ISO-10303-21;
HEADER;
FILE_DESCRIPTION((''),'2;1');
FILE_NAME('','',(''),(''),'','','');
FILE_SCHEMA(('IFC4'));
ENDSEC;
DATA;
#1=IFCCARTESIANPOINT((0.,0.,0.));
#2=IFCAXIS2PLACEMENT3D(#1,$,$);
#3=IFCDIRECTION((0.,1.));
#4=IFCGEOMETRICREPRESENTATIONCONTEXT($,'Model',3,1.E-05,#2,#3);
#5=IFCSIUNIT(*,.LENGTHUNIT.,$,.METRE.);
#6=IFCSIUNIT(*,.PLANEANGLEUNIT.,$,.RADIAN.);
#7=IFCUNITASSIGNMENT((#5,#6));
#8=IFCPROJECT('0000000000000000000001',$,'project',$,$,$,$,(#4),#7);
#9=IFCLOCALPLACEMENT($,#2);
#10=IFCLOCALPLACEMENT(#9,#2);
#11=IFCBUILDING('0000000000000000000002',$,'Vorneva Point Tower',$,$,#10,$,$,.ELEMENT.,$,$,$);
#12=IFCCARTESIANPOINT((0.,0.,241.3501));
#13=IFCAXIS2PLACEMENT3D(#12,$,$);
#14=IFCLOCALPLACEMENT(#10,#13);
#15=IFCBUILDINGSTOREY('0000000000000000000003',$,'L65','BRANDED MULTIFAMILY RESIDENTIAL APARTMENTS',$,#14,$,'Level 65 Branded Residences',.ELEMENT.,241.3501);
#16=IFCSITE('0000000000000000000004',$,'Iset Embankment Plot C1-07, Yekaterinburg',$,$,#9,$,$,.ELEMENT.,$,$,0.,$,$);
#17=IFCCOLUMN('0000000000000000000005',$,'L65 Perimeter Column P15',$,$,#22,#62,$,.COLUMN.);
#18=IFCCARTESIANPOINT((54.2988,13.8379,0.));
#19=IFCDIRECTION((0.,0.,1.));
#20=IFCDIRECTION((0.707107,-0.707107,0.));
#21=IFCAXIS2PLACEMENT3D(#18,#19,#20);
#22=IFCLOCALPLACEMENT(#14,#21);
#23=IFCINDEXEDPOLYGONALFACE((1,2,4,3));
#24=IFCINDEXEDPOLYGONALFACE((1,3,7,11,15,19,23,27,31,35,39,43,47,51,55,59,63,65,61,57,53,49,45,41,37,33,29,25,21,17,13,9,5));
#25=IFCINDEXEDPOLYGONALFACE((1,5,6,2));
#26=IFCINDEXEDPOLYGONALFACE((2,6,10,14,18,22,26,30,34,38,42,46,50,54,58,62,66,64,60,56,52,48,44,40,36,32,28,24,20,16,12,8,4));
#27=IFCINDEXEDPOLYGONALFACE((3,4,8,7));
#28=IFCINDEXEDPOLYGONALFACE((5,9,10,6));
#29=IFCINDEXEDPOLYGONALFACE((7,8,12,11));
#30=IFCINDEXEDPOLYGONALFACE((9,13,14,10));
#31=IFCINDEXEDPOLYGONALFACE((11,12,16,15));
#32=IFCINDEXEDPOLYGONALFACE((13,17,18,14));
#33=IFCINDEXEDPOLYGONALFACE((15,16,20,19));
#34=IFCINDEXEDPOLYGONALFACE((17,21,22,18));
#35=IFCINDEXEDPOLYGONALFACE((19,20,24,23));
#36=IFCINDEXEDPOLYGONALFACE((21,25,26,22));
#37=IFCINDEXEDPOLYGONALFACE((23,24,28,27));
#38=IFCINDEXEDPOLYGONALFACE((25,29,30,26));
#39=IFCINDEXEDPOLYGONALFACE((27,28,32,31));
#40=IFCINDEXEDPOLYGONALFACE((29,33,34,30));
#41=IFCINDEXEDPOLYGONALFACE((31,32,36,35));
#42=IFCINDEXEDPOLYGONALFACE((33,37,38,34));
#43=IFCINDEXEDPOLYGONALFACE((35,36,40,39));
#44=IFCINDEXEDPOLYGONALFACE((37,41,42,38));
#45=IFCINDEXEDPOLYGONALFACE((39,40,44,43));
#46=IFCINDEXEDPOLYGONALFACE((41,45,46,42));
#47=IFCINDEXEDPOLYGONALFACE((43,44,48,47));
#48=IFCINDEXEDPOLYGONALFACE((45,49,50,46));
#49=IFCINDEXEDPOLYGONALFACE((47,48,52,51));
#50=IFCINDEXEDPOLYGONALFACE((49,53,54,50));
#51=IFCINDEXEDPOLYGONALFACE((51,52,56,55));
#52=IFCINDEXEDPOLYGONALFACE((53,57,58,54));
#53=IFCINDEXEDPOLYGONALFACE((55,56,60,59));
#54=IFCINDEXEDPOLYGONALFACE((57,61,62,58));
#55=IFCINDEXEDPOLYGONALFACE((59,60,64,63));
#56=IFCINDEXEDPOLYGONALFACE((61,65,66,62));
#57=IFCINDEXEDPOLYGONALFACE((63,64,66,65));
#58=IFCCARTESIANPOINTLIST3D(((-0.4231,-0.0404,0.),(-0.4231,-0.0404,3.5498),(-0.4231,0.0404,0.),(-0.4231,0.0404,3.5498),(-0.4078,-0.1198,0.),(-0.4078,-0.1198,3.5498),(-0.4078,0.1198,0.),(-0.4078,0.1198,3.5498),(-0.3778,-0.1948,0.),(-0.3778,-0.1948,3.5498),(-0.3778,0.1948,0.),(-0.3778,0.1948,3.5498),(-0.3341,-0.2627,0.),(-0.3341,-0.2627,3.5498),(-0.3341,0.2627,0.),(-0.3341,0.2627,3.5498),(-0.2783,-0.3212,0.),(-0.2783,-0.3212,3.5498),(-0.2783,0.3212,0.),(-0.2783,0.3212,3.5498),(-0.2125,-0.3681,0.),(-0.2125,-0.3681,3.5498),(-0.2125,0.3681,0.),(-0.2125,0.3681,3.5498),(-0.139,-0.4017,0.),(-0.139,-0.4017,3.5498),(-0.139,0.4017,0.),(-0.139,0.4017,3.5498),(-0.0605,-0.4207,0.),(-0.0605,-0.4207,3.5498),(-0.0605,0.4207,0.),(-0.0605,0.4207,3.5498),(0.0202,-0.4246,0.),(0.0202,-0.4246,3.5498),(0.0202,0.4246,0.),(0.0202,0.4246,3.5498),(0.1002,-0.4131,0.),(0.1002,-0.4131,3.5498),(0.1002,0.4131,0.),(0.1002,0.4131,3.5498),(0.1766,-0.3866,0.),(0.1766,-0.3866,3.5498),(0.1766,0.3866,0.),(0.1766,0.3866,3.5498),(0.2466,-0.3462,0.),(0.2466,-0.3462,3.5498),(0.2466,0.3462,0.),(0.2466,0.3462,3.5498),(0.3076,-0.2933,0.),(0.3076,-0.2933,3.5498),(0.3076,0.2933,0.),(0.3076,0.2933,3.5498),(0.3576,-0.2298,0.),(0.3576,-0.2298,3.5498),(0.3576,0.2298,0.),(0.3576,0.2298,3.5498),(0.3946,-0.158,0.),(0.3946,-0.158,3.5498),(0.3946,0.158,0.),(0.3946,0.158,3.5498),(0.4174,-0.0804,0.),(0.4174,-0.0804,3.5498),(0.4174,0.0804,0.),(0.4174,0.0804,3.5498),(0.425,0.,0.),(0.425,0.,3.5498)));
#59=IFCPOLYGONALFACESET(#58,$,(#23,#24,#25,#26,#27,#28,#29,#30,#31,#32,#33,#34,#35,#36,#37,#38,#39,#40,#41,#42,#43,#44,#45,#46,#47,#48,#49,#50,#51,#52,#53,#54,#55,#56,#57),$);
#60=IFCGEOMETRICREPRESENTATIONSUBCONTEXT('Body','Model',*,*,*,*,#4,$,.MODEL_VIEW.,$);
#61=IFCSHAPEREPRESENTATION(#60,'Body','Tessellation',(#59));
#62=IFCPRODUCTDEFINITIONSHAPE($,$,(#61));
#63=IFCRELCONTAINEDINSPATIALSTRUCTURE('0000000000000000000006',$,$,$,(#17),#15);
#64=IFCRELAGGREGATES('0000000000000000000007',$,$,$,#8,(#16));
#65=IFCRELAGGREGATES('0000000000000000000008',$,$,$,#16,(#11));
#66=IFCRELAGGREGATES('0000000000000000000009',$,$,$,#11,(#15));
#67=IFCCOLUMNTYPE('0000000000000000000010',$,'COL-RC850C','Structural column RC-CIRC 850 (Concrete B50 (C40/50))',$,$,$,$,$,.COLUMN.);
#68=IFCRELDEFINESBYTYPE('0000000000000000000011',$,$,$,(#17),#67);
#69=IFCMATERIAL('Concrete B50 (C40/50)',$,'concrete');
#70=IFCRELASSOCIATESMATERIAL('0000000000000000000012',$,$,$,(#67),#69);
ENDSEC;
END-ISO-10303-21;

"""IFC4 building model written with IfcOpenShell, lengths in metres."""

from ifc_helpers import new_model, si_unit, direction, frame, origin, origin_2d, place, context, subcontext, project, spatial, circle, extrude, material, material_profile, profile_set, type_object, element, save


model = new_model("IFC4")

# Units and contexts
model_context = context("Model", 3, precision=1e-05, world=origin(), true_north=direction((0.0, 1.0)))
body_context = subcontext(model_context, "Body", "Model", "MODEL_VIEW")
ifc_project = project(units=[si_unit("LENGTHUNIT", "METRE"), si_unit("PLANEANGLEUNIT", "RADIAN")], contexts=[model_context])

# Site, building, storey
site_placement = place(None, origin())
site = spatial("IfcSite", under=ifc_project, at=site_placement, Name="Iset Embankment Plot C1-07, Yekaterinburg", CompositionType="ELEMENT", RefElevation=0.0)
building_placement = place(site_placement, origin())
building = spatial("IfcBuilding", under=site, at=building_placement, Name="Vorneva Point Tower", CompositionType="ELEMENT")
storey_placement = place(building_placement, frame((0.0, 0.0, 241.3501)))
storey = spatial("IfcBuildingStorey", under=building, at=storey_placement, Name="L65", Description="BRANDED MULTIFAMILY RESIDENTIAL APARTMENTS", LongName="Level 65 Branded Residences", CompositionType="ELEMENT", Elevation=241.3501)

# Column
ifc_material_1 = material(Name="Concrete B50 (C40/50)", Category="concrete")
ifc_material_profile_1 = material_profile(ifc_material_1, circle(Radius=0.425, at=origin_2d()), Name="RC-CIRC 850")
ifc_profile_set_1 = profile_set([ifc_material_profile_1], Name="Concrete B50 (C40/50)")
column_type = type_object("IfcColumnType", Name="COL-RC850C", Description="Structural column RC-CIRC 850 (Concrete B50 (C40/50))", PredefinedType="COLUMN", material=ifc_profile_set_1)
for number, where, z_axis, x_axis, name in (
    (1, (54.2988, 13.8379, 0.0), (0.0, 0.0, 1.0), (0.707107, -0.707107, 0.0), "L65 Perimeter Column P15"),
):
    element("IfcColumn", number, at=place(storey_placement, frame(where, z_axis=z_axis, x_axis=x_axis)), inside=storey, type_object=column_type, Name=name, PredefinedType="COLUMN", context=body_context, shape_type="SweptSolid", body=[
        extrude(circle(Radius=0.425, at=origin_2d()), origin(), (0.0, 0.0, 1.0), 3.5498),
    ])

save(model, "model.ifc")
